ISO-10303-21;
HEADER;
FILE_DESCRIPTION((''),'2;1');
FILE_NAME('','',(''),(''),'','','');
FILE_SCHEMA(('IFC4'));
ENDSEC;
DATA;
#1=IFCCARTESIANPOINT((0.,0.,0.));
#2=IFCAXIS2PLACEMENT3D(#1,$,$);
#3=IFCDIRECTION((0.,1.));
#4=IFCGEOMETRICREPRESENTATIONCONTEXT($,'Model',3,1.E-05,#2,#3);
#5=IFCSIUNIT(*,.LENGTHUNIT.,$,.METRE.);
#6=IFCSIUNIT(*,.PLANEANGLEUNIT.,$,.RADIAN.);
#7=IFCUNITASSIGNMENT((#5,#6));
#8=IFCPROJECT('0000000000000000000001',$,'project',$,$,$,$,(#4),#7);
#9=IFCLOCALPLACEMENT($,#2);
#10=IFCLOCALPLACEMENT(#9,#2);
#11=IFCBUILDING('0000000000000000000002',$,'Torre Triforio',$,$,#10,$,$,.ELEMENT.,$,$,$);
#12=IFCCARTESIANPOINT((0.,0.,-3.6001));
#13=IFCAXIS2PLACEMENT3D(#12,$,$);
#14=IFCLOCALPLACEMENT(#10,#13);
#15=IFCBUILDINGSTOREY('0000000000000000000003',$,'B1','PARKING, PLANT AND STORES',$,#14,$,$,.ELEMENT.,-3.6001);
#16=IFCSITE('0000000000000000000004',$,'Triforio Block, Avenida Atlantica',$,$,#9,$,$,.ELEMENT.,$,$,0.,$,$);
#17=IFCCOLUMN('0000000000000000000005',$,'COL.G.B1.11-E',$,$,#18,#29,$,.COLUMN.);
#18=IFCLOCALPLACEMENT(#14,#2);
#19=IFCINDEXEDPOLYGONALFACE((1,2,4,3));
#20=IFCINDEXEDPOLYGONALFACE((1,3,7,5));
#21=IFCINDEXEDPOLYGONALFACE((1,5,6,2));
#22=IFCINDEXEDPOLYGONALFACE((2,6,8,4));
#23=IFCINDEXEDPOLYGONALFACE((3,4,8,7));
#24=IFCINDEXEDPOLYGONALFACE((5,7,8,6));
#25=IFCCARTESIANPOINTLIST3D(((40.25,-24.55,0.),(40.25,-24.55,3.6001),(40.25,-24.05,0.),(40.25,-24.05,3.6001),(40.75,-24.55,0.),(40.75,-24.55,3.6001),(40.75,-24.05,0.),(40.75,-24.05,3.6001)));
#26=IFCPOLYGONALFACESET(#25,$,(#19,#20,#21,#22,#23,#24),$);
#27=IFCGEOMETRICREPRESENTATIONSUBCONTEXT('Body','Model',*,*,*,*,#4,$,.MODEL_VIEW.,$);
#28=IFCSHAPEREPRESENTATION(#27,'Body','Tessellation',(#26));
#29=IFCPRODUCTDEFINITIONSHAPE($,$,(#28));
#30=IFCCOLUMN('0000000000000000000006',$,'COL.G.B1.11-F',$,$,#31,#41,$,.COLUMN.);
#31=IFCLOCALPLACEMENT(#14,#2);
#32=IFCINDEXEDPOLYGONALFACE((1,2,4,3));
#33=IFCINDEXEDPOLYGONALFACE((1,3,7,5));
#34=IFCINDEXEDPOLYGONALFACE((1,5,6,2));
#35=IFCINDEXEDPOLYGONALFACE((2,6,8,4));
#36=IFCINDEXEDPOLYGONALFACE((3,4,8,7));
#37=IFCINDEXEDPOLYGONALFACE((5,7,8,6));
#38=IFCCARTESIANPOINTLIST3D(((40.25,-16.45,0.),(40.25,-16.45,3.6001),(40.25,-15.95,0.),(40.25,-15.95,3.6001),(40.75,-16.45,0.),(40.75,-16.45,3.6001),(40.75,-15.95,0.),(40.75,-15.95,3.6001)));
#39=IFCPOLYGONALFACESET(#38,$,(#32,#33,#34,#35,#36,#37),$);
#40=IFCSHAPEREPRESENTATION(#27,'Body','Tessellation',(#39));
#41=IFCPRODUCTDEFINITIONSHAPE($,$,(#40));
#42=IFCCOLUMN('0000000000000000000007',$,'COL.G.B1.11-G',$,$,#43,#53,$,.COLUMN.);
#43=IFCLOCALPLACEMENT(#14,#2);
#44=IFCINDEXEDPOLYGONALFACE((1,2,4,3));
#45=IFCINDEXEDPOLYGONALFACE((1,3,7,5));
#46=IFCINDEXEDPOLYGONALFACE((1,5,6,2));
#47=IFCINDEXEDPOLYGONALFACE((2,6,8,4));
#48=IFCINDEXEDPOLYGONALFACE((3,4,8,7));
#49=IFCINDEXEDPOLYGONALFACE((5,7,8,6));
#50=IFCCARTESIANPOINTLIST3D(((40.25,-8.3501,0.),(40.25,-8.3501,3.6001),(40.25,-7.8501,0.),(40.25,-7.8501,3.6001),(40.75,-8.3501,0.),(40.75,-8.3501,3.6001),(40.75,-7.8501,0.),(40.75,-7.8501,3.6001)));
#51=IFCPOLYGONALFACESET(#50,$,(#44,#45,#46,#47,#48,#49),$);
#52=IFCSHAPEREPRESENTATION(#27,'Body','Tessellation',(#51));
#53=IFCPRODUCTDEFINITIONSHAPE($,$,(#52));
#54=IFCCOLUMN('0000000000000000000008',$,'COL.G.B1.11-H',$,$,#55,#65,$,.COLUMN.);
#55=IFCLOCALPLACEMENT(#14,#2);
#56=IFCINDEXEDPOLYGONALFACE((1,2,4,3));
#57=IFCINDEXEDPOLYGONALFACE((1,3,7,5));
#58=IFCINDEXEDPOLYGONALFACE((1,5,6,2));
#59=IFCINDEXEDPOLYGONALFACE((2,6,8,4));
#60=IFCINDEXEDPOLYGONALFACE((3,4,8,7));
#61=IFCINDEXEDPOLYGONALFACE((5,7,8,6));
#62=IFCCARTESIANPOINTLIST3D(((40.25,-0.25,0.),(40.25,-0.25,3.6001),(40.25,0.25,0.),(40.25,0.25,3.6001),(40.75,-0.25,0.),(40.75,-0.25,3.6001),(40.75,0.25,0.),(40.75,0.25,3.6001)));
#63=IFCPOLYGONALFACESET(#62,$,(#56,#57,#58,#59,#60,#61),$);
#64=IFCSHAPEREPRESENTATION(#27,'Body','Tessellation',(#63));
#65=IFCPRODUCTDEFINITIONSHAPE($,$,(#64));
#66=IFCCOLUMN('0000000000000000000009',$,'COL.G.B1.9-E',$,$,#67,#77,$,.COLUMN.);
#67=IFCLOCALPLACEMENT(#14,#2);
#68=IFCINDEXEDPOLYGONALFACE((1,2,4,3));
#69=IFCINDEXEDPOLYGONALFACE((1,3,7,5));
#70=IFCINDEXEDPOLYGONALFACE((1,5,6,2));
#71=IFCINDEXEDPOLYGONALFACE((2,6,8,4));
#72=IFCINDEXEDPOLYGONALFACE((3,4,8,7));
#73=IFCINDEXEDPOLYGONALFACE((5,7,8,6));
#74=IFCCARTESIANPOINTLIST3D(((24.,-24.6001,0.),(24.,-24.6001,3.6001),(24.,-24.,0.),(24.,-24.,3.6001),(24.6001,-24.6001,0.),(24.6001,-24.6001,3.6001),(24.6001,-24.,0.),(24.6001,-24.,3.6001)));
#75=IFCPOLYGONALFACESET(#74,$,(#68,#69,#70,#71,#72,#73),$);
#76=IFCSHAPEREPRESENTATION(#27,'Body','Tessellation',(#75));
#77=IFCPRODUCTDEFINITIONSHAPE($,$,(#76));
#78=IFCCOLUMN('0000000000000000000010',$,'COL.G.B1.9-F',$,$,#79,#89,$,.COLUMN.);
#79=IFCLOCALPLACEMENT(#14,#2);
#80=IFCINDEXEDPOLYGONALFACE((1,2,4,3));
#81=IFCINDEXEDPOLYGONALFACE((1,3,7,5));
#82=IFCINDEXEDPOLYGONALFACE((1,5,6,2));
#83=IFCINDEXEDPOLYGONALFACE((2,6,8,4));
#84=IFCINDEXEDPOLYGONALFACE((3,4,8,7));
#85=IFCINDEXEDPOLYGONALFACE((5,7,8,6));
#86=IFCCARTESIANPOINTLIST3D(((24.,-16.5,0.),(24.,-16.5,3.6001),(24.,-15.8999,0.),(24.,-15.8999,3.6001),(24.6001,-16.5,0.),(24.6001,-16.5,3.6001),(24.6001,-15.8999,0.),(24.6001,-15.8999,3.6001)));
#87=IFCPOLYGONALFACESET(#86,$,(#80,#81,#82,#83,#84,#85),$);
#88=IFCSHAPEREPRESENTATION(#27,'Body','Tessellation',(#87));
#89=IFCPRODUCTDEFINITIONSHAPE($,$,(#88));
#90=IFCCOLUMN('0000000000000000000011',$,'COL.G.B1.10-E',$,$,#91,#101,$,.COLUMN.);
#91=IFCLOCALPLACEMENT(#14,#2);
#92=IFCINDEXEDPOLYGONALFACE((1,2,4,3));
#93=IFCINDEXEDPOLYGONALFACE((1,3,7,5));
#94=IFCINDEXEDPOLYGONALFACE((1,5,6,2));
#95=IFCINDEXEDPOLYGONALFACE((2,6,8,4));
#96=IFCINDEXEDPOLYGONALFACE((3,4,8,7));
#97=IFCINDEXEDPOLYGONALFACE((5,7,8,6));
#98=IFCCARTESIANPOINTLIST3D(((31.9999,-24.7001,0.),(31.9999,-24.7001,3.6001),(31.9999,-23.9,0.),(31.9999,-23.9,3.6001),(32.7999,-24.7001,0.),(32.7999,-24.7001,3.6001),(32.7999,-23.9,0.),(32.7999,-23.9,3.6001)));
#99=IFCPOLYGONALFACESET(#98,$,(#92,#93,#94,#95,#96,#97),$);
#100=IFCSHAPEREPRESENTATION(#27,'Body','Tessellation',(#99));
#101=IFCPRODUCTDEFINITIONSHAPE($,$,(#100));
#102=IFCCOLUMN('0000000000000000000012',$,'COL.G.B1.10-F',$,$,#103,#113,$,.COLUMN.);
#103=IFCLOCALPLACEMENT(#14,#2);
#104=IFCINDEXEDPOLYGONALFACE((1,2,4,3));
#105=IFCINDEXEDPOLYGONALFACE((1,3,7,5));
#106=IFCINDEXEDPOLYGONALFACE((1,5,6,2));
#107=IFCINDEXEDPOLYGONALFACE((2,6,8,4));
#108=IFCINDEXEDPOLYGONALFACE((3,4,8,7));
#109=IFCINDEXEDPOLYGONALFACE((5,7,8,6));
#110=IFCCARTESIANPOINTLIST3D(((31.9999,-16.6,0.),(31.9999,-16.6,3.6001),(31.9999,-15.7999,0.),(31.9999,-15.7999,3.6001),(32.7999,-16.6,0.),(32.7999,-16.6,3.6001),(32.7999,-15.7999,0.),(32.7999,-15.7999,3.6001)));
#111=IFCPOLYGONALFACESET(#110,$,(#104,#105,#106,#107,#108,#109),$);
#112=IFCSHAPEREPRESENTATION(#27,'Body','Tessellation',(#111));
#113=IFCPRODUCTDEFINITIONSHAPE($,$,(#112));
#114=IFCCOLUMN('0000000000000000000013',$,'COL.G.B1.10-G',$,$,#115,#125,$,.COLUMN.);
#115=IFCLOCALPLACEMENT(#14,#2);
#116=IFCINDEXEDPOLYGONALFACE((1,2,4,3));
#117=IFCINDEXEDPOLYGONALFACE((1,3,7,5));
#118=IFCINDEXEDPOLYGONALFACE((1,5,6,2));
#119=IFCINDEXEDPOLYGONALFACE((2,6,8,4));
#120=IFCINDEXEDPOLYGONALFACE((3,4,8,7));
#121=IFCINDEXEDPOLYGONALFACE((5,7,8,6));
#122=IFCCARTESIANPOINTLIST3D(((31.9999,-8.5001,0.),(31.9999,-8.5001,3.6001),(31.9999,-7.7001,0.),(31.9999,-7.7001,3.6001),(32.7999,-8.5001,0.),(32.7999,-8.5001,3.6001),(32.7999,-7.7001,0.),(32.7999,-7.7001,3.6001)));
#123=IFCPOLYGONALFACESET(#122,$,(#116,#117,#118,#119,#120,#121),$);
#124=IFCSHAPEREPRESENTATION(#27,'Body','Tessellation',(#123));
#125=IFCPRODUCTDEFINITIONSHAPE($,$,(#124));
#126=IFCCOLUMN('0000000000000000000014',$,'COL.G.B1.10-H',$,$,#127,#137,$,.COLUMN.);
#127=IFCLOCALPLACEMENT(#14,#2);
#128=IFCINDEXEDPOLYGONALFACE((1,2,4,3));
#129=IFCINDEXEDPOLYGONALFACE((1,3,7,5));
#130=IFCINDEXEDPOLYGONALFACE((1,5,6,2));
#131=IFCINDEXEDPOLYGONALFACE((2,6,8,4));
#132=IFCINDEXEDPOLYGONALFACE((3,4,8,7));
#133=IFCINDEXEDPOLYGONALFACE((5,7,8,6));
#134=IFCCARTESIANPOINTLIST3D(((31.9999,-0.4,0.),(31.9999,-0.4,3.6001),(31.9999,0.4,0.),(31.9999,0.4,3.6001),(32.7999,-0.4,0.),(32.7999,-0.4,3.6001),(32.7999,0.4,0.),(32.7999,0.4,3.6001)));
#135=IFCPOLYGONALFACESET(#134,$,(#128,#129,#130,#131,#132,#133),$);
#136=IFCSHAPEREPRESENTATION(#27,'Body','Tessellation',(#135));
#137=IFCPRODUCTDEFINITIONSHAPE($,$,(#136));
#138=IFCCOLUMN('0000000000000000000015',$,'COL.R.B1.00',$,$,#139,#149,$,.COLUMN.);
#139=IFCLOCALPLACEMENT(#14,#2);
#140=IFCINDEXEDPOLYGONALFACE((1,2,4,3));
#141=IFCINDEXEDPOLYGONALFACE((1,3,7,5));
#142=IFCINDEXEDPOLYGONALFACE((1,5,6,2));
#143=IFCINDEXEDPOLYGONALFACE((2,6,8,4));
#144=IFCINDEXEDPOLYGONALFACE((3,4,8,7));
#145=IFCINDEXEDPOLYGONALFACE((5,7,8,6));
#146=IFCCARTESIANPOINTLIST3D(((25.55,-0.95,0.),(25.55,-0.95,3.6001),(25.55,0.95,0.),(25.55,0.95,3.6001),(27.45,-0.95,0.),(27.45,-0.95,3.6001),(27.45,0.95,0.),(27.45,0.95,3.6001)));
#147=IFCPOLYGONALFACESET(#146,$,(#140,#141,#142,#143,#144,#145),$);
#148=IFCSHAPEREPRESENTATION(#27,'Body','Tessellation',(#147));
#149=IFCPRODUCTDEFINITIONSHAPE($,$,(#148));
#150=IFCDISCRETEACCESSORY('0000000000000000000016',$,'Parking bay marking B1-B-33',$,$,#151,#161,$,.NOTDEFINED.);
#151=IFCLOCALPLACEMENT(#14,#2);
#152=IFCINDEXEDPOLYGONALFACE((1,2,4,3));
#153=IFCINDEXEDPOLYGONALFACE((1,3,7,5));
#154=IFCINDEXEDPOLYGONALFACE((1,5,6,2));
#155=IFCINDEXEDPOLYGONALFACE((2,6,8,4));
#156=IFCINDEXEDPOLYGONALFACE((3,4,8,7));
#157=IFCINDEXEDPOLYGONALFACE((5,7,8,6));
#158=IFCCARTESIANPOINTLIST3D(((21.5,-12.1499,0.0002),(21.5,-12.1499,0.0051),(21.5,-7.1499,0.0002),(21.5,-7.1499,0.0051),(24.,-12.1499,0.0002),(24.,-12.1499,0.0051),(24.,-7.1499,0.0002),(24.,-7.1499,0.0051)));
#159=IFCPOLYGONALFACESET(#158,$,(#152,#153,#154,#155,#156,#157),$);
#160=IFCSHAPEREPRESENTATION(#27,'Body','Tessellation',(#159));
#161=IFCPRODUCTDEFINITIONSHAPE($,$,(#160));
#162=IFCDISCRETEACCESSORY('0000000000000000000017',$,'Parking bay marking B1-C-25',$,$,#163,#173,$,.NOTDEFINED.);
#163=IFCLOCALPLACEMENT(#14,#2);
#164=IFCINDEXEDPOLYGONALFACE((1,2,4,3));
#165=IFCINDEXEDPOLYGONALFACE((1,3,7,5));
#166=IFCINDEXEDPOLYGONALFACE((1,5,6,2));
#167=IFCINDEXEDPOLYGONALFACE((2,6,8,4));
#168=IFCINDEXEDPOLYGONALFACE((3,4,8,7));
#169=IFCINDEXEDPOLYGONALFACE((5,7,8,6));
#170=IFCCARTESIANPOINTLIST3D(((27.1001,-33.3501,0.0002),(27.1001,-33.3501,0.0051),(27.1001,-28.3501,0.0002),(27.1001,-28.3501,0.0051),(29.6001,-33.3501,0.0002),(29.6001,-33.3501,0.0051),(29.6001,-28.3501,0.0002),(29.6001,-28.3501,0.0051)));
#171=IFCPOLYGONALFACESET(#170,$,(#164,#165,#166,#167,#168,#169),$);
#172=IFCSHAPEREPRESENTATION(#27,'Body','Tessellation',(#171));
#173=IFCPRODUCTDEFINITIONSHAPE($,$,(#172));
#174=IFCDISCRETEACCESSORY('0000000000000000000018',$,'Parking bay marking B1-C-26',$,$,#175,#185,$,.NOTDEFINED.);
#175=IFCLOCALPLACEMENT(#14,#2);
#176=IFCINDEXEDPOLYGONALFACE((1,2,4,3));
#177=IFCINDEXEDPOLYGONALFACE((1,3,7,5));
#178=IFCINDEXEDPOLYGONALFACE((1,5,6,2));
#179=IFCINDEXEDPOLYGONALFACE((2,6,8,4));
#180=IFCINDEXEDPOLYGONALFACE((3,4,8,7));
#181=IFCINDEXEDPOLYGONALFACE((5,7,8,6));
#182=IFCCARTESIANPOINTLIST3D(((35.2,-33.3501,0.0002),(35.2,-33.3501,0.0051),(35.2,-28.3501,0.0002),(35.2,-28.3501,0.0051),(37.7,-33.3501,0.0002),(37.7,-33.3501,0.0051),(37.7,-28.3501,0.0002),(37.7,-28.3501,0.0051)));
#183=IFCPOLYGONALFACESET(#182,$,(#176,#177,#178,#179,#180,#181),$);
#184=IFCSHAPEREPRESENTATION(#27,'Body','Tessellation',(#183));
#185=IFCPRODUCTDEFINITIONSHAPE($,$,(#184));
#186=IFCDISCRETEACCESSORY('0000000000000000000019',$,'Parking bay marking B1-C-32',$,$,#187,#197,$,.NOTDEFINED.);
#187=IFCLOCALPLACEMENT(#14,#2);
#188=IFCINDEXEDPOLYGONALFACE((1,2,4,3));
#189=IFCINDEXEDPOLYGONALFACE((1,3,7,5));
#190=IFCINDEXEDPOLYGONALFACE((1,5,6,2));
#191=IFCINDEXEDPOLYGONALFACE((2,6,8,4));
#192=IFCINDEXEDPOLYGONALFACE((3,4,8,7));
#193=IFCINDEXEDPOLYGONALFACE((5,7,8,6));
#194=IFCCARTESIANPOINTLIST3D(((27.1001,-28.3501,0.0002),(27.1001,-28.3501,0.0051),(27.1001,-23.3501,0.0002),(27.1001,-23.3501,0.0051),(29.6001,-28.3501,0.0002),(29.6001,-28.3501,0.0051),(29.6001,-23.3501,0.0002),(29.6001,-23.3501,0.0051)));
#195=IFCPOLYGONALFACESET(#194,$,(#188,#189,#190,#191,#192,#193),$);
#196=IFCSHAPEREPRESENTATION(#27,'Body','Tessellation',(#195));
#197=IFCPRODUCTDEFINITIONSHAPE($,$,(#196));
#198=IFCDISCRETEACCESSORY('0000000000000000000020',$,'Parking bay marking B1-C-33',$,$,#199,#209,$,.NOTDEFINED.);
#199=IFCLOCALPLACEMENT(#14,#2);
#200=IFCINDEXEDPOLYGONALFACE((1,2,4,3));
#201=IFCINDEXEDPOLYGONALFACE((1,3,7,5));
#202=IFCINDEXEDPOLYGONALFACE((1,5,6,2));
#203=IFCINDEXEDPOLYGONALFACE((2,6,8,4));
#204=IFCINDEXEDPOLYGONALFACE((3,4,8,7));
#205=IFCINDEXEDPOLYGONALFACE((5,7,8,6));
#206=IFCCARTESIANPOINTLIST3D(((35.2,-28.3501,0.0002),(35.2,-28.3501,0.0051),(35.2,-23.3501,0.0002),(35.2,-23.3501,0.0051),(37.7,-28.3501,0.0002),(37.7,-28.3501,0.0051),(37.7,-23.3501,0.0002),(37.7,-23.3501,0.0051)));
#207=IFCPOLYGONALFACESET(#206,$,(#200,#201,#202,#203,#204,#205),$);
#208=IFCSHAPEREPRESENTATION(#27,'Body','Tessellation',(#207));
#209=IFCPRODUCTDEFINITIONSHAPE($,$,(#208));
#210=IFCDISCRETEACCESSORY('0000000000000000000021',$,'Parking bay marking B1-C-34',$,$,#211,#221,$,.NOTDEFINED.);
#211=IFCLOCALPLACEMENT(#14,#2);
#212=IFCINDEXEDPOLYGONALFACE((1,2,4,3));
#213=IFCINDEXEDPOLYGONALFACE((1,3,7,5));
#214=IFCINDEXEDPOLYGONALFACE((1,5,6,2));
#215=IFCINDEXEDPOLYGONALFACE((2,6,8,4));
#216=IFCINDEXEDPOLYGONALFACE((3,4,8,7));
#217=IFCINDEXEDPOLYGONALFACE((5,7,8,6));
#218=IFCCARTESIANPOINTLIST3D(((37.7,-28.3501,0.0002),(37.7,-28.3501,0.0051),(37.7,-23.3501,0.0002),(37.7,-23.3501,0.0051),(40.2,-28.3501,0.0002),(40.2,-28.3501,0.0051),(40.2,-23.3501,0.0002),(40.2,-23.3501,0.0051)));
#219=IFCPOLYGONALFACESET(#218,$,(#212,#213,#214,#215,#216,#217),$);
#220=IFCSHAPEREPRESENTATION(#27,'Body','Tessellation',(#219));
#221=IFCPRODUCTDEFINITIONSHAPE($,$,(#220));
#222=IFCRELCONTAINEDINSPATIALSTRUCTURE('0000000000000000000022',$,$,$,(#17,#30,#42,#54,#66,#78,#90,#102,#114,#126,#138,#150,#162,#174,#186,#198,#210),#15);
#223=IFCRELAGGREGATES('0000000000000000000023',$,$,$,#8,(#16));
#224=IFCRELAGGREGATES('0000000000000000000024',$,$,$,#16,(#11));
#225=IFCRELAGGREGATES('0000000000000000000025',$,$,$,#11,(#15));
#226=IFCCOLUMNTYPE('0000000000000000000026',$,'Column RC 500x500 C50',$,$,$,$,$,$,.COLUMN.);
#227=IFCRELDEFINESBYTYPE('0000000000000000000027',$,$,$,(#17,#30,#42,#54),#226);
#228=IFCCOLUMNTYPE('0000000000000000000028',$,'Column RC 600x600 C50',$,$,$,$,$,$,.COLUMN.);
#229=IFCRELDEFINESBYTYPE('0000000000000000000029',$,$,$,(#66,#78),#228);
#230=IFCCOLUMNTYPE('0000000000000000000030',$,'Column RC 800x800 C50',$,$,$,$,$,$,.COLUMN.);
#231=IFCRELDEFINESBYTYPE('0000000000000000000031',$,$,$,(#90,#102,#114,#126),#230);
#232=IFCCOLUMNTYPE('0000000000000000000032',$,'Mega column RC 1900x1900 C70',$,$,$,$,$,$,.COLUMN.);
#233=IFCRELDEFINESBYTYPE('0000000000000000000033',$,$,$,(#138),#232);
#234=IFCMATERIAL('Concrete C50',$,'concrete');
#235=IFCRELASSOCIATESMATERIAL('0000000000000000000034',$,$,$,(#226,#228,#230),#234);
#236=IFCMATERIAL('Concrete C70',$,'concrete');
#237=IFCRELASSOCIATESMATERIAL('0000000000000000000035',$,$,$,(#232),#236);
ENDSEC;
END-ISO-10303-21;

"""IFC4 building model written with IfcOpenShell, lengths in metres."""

from ifc_helpers import new_model, si_unit, direction, frame, origin, origin_2d, place, context, subcontext, project, spatial, rectangle, extrude, material, material_profile, profile_set, type_object, element, save


model = new_model("IFC4")

# Units and contexts
model_context = context("Model", 3, precision=1e-05, world=origin(), true_north=direction((0.0, 1.0)))
body_context = subcontext(model_context, "Body", "Model", "MODEL_VIEW")
ifc_project = project(units=[si_unit("LENGTHUNIT", "METRE"), si_unit("PLANEANGLEUNIT", "RADIAN")], contexts=[model_context])

# Site, building, storey
site_placement = place(None, origin())
site = spatial("IfcSite", under=ifc_project, at=site_placement, Name="Triforio Block, Avenida Atlantica", CompositionType="ELEMENT", RefElevation=0.0)
building_placement = place(site_placement, origin())
building = spatial("IfcBuilding", under=site, at=building_placement, Name="Torre Triforio", CompositionType="ELEMENT")
storey_placement = place(building_placement, frame((0.0, 0.0, -3.6001)))
storey = spatial("IfcBuildingStorey", under=building, at=storey_placement, Name="B1", Description="PARKING, PLANT AND STORES", CompositionType="ELEMENT", Elevation=-3.6001)

# Columns
ifc_material_1 = material(Name="Concrete C50", Category="concrete")
ifc_material_profile_1 = material_profile(ifc_material_1, rectangle(XDim=0.5, YDim=0.5, at=origin_2d()), Name="RC 500x500")
ifc_profile_set_1 = profile_set([ifc_material_profile_1], Name="Concrete C50")
column_type_1 = type_object("IfcColumnType", Name="Column RC 500x500 C50", PredefinedType="COLUMN", material=ifc_profile_set_1)
for number, where, z_axis, x_axis, name in (
    (1, (40.5, -24.3, 0.0), (0.0, 0.0, 1.0), (1.0, 0.0, 0.0), "COL.G.B1.11-E"),
    (2, (40.5, -16.2, 0.0), (0.0, 0.0, 1.0), (1.0, 0.0, 0.0), "COL.G.B1.11-F"),
    (3, (40.5, -8.1001, 0.0), (0.0, 0.0, 1.0), (1.0, 0.0, 0.0), "COL.G.B1.11-G"),
    (4, (40.5, 0.0, 0.0), (0.0, 0.0, 1.0), (1.0, 0.0, 0.0), "COL.G.B1.11-H"),
):
    element("IfcColumn", number, at=place(storey_placement, frame(where, z_axis=z_axis, x_axis=x_axis)), inside=storey, type_object=column_type_1, Name=name, PredefinedType="COLUMN", context=body_context, shape_type="SweptSolid", body=[
        extrude(rectangle(XDim=0.5, YDim=0.5, at=origin_2d()), origin(), (0.0, 0.0, 1.0), 3.6001),
    ])
ifc_material_profile_2 = material_profile(ifc_material_1, rectangle(XDim=0.6001, YDim=0.6001, at=origin_2d()), Name="RC 600x600")
ifc_profile_set_2 = profile_set([ifc_material_profile_2], Name="Concrete C50")
column_type_2 = type_object("IfcColumnType", Name="Column RC 600x600 C50", PredefinedType="COLUMN", material=ifc_profile_set_2)
for number, where, z_axis, x_axis, name in (
    (5, (24.3, -24.3, 0.0), (0.0, 0.0, 1.0), (1.0, 0.0, 0.0), "COL.G.B1.9-E"),
    (6, (24.3, -16.2, 0.0), (0.0, 0.0, 1.0), (1.0, 0.0, 0.0), "COL.G.B1.9-F"),
):
    element("IfcColumn", number, at=place(storey_placement, frame(where, z_axis=z_axis, x_axis=x_axis)), inside=storey, type_object=column_type_2, Name=name, PredefinedType="COLUMN", context=body_context, shape_type="SweptSolid", body=[
        extrude(rectangle(XDim=0.6001, YDim=0.6001, at=origin_2d()), origin(), (0.0, 0.0, 1.0), 3.6001),
    ])
ifc_material_profile_3 = material_profile(ifc_material_1, rectangle(XDim=0.8, YDim=0.8, at=origin_2d()), Name="RC 800x800")
ifc_profile_set_3 = profile_set([ifc_material_profile_3], Name="Concrete C50")
column_type_3 = type_object("IfcColumnType", Name="Column RC 800x800 C50", PredefinedType="COLUMN", material=ifc_profile_set_3)
for number, where, z_axis, x_axis, name in (
    (7, (32.3999, -24.3, 0.0), (0.0, 0.0, 1.0), (1.0, 0.0, 0.0), "COL.G.B1.10-E"),
    (8, (32.3999, -16.2, 0.0), (0.0, 0.0, 1.0), (1.0, 0.0, 0.0), "COL.G.B1.10-F"),
    (9, (32.3999, -8.1001, 0.0), (0.0, 0.0, 1.0), (1.0, 0.0, 0.0), "COL.G.B1.10-G"),
    (10, (32.3999, 0.0, 0.0), (0.0, 0.0, 1.0), (1.0, 0.0, 0.0), "COL.G.B1.10-H"),
):
    element("IfcColumn", number, at=place(storey_placement, frame(where, z_axis=z_axis, x_axis=x_axis)), inside=storey, type_object=column_type_3, Name=name, PredefinedType="COLUMN", context=body_context, shape_type="SweptSolid", body=[
        extrude(rectangle(XDim=0.8, YDim=0.8, at=origin_2d()), origin(), (0.0, 0.0, 1.0), 3.6001),
    ])
ifc_material_2 = material(Name="Concrete C70", Category="concrete")
ifc_material_profile_4 = material_profile(ifc_material_2, rectangle(XDim=1.8999, YDim=1.8999, at=origin_2d()), Name="RC 1900x1900")
ifc_profile_set_4 = profile_set([ifc_material_profile_4], Name="Concrete C70")
column_type_4 = type_object("IfcColumnType", Name="Mega column RC 1900x1900 C70", PredefinedType="COLUMN", material=ifc_profile_set_4)
column_placement = place(storey_placement, frame((26.5, 0.0, 0.0), z_axis=(0.0, 0.0, 1.0), x_axis=(0.0, 1.0, 0.0)))
element("IfcColumn", 11, at=column_placement, inside=storey, type_object=column_type_4, Name="COL.R.B1.00", PredefinedType="COLUMN", context=body_context, shape_type="SweptSolid", body=[
    extrude(rectangle(XDim=1.8999, YDim=1.8999, at=origin_2d()), origin(), (0.0, 0.0, 1.0), 3.6001),
])

# Discrete accessories
for number, where, z_axis, x_axis, name in (
    (12, (22.75, -9.6499, 0.0002), (0.0, 0.0, 1.0), (1.0, 0.0, 0.0), "Parking bay marking B1-B-33"),
    (13, (28.3501, -30.8501, 0.0002), (0.0, 0.0, 1.0), (1.0, 0.0, 0.0), "Parking bay marking B1-C-25"),
    (14, (36.45, -30.8501, 0.0002), (0.0, 0.0, 1.0), (1.0, 0.0, 0.0), "Parking bay marking B1-C-26"),
    (15, (28.3501, -25.8501, 0.0002), (0.0, 0.0, 1.0), (1.0, 0.0, 0.0), "Parking bay marking B1-C-32"),
    (16, (36.45, -25.8501, 0.0002), (0.0, 0.0, 1.0), (1.0, 0.0, 0.0), "Parking bay marking B1-C-33"),
    (17, (38.95, -25.8501, 0.0002), (0.0, 0.0, 1.0), (1.0, 0.0, 0.0), "Parking bay marking B1-C-34"),
):
    element("IfcDiscreteAccessory", number, at=place(storey_placement, frame(where, z_axis=z_axis, x_axis=x_axis)), inside=storey, Name=name, PredefinedType="NOTDEFINED", context=body_context, shape_type="SweptSolid", body=[
        extrude(rectangle(XDim=2.5, YDim=5.0, at=origin_2d()), origin(), (0.0, 0.0, 1.0), 0.0049),
    ])

save(model, "model.ifc")
